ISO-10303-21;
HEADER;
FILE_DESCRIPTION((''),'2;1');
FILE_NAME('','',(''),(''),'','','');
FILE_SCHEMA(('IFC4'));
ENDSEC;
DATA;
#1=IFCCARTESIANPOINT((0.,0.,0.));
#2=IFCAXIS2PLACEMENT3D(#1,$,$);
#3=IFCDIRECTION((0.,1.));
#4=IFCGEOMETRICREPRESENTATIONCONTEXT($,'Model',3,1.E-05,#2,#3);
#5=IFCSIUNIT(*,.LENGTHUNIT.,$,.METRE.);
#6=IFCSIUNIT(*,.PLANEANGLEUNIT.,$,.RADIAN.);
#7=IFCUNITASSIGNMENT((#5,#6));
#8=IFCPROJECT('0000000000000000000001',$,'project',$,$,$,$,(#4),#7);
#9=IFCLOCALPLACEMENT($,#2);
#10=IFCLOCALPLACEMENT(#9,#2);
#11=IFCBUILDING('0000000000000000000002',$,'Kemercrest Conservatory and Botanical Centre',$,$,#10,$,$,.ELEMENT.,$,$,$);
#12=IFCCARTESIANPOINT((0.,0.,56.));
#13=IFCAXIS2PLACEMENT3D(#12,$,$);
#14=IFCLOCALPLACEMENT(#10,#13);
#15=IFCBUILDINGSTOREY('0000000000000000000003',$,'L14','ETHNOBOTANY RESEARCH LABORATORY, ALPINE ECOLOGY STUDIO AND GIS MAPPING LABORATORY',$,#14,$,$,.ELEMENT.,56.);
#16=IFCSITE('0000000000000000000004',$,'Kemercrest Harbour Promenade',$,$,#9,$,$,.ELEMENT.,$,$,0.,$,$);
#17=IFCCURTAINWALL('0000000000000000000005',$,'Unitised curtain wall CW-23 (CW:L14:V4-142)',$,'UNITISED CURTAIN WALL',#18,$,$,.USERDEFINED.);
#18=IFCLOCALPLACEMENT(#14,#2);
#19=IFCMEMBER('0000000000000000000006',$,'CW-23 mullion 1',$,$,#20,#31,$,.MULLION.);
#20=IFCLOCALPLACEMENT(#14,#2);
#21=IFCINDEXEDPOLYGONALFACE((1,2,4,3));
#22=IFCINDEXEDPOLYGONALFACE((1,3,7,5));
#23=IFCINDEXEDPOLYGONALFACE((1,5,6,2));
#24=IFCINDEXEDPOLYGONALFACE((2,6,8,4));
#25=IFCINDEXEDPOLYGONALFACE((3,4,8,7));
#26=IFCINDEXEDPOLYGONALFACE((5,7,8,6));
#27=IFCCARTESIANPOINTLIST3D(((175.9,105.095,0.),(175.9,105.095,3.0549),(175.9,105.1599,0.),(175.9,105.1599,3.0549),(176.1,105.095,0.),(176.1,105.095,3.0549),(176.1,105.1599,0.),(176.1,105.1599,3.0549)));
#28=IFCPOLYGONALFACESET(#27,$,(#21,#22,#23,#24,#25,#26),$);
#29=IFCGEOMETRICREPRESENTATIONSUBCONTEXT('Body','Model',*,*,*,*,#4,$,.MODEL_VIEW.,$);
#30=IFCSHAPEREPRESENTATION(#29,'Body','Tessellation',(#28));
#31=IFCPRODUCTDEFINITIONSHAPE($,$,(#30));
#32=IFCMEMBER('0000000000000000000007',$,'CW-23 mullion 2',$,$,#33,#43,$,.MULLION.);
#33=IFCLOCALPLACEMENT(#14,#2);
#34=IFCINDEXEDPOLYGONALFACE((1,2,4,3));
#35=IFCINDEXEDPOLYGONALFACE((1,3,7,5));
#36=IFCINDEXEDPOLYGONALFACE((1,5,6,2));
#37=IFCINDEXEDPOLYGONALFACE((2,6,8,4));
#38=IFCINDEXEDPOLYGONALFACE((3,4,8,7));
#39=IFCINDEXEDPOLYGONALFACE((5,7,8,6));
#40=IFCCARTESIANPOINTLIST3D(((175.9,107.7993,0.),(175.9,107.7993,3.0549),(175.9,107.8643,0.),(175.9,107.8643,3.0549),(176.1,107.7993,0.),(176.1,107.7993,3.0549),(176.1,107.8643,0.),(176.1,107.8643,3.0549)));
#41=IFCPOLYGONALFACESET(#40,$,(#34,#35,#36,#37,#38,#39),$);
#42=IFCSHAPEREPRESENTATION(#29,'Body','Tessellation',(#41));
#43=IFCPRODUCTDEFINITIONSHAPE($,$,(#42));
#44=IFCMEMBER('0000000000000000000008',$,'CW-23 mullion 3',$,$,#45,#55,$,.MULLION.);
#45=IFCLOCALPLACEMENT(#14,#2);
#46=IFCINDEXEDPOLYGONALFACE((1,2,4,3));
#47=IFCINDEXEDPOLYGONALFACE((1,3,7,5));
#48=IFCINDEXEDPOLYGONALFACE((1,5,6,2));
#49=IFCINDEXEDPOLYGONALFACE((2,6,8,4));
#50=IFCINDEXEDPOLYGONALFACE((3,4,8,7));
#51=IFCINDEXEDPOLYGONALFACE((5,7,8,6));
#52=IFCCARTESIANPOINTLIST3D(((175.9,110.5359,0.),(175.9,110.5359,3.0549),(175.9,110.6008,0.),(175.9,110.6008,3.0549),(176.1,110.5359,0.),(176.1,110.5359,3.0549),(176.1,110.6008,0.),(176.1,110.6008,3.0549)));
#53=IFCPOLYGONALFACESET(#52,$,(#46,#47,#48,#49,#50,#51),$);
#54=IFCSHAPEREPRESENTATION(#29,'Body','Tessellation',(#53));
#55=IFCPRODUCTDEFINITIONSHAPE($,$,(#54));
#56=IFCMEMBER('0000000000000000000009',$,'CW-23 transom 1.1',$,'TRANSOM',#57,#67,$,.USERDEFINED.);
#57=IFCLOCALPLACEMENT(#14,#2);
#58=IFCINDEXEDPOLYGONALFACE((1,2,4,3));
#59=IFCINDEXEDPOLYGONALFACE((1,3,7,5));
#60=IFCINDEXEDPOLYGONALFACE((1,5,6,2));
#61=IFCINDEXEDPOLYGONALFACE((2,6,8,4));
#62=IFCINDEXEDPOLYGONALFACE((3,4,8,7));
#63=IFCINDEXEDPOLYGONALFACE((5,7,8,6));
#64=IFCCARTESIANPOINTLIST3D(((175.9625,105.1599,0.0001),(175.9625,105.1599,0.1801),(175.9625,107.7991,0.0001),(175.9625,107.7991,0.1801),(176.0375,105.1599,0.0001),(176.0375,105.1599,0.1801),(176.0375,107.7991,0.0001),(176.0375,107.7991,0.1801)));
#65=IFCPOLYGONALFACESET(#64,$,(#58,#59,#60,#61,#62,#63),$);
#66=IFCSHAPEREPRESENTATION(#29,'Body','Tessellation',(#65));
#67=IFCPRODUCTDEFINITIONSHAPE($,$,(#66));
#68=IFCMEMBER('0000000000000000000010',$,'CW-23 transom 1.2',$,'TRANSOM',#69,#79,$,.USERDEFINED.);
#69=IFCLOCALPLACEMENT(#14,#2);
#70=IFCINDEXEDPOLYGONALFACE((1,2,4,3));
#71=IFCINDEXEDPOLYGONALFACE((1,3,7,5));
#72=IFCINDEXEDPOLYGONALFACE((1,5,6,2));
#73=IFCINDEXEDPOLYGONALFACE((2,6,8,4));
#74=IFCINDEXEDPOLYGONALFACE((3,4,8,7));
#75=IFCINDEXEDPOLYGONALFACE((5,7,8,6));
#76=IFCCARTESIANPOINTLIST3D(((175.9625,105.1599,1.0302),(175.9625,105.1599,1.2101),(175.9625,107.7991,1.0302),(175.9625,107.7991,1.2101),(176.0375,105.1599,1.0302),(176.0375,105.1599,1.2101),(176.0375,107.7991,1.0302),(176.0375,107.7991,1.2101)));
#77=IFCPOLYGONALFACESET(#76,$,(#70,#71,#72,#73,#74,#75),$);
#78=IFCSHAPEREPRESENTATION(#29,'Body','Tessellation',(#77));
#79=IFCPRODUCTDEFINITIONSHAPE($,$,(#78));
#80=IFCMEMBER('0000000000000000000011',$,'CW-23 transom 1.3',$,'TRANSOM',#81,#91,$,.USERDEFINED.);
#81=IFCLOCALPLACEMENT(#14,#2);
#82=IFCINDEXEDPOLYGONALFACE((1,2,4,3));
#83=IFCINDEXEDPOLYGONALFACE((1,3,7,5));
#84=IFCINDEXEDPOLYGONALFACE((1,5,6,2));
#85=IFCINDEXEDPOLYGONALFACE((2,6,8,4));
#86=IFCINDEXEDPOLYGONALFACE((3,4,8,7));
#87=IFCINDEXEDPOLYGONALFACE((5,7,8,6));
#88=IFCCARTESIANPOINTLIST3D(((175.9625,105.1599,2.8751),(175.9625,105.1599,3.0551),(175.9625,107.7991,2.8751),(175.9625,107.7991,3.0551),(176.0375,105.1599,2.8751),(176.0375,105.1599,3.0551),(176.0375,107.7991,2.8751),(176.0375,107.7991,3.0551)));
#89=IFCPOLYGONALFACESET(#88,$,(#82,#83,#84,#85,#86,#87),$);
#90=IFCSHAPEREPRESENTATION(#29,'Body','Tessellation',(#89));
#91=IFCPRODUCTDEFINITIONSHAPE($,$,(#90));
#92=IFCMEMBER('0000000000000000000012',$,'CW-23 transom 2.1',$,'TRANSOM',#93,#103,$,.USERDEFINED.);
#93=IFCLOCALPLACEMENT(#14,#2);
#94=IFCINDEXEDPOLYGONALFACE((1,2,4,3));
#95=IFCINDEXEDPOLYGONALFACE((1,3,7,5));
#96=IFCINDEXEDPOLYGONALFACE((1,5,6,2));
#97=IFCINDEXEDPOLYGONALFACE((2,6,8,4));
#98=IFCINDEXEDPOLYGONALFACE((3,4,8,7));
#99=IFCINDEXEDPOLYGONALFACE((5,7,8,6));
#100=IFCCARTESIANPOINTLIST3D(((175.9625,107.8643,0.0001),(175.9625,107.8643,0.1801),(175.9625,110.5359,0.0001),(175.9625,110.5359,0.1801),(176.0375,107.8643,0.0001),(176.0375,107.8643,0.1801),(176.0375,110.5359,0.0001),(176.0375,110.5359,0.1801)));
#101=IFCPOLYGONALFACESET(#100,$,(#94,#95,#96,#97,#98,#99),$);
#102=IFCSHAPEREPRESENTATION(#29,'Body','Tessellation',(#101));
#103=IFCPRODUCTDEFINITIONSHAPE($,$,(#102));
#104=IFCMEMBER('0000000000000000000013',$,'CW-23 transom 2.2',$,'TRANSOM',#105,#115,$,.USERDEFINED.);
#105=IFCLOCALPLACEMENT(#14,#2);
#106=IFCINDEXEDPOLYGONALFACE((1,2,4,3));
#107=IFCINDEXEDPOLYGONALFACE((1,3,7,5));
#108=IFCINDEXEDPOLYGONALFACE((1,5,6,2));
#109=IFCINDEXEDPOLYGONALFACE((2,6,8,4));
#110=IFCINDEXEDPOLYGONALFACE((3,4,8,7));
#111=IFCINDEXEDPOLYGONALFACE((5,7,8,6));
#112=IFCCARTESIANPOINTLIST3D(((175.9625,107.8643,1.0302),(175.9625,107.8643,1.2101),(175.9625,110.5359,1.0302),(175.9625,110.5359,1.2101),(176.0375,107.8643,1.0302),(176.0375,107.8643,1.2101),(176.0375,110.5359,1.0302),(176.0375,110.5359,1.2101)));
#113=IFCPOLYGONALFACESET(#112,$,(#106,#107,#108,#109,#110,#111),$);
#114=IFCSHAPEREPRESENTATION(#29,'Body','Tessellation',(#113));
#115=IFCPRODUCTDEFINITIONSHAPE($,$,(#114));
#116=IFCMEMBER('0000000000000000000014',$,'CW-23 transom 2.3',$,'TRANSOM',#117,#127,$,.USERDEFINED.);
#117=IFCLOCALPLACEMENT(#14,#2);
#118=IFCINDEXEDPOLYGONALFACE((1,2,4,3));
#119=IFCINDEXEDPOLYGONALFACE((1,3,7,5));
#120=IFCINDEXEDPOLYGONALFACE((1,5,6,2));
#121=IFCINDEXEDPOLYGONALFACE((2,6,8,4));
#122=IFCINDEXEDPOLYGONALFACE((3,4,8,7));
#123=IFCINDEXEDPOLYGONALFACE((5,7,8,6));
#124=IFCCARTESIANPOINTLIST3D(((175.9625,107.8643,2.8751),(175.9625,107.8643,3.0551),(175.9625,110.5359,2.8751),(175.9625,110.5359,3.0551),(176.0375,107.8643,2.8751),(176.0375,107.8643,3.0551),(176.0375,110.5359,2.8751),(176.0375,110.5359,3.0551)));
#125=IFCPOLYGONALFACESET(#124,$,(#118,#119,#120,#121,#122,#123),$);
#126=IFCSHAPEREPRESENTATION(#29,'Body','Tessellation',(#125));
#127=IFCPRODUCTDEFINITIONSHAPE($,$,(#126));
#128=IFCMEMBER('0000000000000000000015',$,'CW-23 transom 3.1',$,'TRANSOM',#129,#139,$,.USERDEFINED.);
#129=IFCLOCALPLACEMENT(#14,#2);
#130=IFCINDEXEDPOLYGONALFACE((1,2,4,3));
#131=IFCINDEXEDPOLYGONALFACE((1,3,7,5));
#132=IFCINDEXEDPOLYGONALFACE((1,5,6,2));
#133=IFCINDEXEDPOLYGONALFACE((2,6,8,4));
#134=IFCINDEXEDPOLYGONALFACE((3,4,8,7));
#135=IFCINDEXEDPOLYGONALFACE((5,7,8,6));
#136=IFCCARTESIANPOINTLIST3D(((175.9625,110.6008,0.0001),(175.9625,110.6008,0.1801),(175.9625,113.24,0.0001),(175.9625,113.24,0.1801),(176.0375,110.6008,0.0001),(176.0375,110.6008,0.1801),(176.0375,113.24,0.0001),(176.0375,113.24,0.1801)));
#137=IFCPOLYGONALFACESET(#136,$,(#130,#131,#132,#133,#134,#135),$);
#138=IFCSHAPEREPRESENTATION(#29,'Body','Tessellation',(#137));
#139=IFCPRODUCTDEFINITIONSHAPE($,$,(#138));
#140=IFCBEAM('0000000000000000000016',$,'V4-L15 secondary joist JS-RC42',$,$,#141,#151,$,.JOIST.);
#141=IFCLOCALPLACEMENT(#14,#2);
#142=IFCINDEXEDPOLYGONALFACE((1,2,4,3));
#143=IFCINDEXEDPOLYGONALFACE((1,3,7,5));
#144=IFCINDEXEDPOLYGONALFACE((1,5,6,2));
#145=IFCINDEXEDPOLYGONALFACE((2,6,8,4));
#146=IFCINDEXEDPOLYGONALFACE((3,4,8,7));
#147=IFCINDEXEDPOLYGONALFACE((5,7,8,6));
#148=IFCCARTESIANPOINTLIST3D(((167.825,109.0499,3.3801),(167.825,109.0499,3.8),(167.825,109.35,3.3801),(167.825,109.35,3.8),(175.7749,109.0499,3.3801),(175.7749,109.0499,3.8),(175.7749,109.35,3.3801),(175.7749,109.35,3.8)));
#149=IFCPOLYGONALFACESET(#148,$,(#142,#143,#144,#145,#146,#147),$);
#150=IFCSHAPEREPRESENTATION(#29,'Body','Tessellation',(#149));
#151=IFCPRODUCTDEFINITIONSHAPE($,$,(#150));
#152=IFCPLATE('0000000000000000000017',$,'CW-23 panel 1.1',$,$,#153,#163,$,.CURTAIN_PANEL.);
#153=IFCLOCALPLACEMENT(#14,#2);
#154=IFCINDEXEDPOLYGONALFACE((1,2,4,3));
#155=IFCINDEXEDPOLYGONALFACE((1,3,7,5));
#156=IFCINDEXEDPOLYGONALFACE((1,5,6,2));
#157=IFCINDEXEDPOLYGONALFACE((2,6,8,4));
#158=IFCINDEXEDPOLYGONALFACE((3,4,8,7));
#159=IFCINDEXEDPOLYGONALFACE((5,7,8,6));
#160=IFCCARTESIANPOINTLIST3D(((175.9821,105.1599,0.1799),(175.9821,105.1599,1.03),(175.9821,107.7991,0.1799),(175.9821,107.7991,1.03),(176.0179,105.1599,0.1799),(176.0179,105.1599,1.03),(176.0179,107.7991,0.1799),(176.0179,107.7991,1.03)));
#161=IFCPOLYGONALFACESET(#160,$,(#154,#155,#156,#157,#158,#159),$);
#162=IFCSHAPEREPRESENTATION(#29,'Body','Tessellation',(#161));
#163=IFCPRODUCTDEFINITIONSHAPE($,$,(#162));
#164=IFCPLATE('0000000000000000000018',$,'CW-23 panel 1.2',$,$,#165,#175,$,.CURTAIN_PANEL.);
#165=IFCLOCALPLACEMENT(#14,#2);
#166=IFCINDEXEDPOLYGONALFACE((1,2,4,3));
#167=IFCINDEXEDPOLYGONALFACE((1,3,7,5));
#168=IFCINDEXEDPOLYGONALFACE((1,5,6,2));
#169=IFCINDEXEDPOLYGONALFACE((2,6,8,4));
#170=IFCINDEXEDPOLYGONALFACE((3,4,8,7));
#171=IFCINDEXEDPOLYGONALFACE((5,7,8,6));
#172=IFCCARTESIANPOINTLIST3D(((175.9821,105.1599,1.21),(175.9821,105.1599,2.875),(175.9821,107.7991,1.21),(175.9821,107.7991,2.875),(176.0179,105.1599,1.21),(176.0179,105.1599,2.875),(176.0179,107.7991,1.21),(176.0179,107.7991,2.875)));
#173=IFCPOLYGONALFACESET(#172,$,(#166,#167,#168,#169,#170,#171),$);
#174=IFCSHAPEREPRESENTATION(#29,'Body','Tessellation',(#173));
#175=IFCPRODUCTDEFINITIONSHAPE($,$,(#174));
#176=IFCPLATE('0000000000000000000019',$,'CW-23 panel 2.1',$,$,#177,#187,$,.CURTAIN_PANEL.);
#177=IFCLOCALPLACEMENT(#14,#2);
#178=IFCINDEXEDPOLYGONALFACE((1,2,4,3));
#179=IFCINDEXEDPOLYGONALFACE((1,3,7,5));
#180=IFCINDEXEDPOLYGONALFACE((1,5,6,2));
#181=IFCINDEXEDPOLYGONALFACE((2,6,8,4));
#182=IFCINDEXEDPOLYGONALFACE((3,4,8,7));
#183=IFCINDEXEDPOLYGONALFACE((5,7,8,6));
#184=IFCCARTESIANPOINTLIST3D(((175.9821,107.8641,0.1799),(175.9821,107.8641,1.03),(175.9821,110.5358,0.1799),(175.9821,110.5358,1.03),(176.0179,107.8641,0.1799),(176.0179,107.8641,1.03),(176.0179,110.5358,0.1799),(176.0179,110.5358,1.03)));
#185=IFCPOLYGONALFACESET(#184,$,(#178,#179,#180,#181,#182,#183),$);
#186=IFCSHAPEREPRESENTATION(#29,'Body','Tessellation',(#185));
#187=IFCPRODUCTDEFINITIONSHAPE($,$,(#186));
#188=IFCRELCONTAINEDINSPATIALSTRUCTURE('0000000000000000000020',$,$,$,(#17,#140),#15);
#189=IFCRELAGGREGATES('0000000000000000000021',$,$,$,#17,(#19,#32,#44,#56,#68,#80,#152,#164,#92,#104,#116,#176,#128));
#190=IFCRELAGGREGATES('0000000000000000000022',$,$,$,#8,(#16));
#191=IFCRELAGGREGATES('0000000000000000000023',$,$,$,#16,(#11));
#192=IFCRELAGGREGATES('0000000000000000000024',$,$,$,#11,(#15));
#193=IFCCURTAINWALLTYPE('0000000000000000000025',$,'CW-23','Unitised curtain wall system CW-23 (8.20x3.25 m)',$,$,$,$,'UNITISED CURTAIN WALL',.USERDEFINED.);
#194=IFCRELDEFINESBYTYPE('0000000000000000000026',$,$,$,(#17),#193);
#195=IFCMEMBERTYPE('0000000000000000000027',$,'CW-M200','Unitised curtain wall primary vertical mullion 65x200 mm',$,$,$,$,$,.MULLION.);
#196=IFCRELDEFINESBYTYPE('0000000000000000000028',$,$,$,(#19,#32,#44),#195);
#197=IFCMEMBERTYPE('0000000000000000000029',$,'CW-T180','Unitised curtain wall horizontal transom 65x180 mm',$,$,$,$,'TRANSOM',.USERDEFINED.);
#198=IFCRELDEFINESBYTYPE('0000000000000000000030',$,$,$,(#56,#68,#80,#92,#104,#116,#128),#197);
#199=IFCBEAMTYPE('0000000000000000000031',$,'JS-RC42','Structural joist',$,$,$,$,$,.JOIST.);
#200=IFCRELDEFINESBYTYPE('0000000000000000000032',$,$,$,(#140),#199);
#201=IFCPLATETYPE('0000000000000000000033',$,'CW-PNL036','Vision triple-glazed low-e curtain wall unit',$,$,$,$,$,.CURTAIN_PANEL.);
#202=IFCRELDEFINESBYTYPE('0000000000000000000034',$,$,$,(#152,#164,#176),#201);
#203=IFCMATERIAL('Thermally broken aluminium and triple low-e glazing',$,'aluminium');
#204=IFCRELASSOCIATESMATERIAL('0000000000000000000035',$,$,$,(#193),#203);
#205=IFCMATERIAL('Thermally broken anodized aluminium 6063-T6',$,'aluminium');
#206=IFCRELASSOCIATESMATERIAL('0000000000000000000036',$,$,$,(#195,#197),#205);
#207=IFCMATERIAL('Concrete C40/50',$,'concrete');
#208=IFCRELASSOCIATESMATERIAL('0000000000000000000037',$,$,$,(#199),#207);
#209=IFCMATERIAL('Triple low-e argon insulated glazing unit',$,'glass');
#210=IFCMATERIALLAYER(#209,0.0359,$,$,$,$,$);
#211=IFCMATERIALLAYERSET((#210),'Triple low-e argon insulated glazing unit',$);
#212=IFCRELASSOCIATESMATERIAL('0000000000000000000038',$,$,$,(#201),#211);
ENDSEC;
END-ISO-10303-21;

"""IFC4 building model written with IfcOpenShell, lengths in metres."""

from ifc_helpers import new_model, si_unit, direction, frame, origin, origin_2d, place, context, subcontext, project, spatial, rectangle, extrude, material, layer, layer_set, material_profile, profile_set, type_object, element, aggregate, save


model = new_model("IFC4")

# Units and contexts
model_context = context("Model", 3, precision=1e-05, world=origin(), true_north=direction((0.0, 1.0)))
body_context = subcontext(model_context, "Body", "Model", "MODEL_VIEW")
ifc_project = project(units=[si_unit("LENGTHUNIT", "METRE"), si_unit("PLANEANGLEUNIT", "RADIAN")], contexts=[model_context])

# Site, building, storey
site_placement = place(None, origin())
site = spatial("IfcSite", under=ifc_project, at=site_placement, Name="Kemercrest Harbour Promenade", CompositionType="ELEMENT", RefElevation=0.0)
building_placement = place(site_placement, origin())
building = spatial("IfcBuilding", under=site, at=building_placement, Name="Kemercrest Conservatory and Botanical Centre", CompositionType="ELEMENT")
storey_placement = place(building_placement, frame((0.0, 0.0, 56.0)))
storey = spatial("IfcBuildingStorey", under=building, at=storey_placement, Name="L14", Description="ETHNOBOTANY RESEARCH LABORATORY, ALPINE ECOLOGY STUDIO AND GIS MAPPING LABORATORY", CompositionType="ELEMENT", Elevation=56.0)

# Curtain wall, members
ifc_material_1 = material(Name="Thermally broken aluminium and triple low-e glazing", Category="aluminium")
curtain_wall_type = type_object("IfcCurtainWallType", Name="CW-23", Description="Unitised curtain wall system CW-23 (8.20x3.25 m)", ElementType="UNITISED CURTAIN WALL", PredefinedType="USERDEFINED", material=ifc_material_1)
curtain_wall_placement = place(storey_placement, origin())
curtain_wall = element("IfcCurtainWall", 1, at=curtain_wall_placement, inside=storey, type_object=curtain_wall_type, Name="Unitised curtain wall CW-23 (CW:L14:V4-142)", ObjectType="UNITISED CURTAIN WALL", PredefinedType="USERDEFINED")
ifc_material_2 = material(Name="Thermally broken anodized aluminium 6063-T6", Category="aluminium")
ifc_material_profile_1 = material_profile(ifc_material_2, rectangle(XDim=0.2, YDim=0.0649, at=origin_2d()), Name="AL MULLION 65x200")
ifc_profile_set_1 = profile_set([ifc_material_profile_1], Name="Thermally broken anodized aluminium 6063-T6")
member_type_1 = type_object("IfcMemberType", Name="CW-M200", Description="Unitised curtain wall primary vertical mullion 65x200 mm", PredefinedType="MULLION", material=ifc_profile_set_1)
member_1_placement = place(storey_placement, frame((176.0, 105.1274, 0.0), z_axis=(0.0, 0.0, 1.0), x_axis=(-1.0, 0.0, 0.0)))
member_1 = element("IfcMember", 2, at=member_1_placement, type_object=member_type_1, Name="CW-23 mullion 1", PredefinedType="MULLION", context=body_context, shape_type="SweptSolid", body=[
    extrude(rectangle(XDim=0.2, YDim=0.0649, at=origin_2d()), origin(), (0.0, 0.0, 1.0), 3.0549),
])
member_2_placement = place(storey_placement, frame((176.0, 107.8318, 0.0), z_axis=(0.0, 0.0, 1.0), x_axis=(-1.0, 0.0, 0.0)))
member_2 = element("IfcMember", 3, at=member_2_placement, type_object=member_type_1, Name="CW-23 mullion 2", PredefinedType="MULLION", context=body_context, shape_type="SweptSolid", body=[
    extrude(rectangle(XDim=0.2, YDim=0.0649, at=origin_2d()), origin(), (0.0, 0.0, 1.0), 3.0549),
])
member_3_placement = place(storey_placement, frame((176.0, 110.5684, 0.0), z_axis=(0.0, 0.0, 1.0), x_axis=(-1.0, 0.0, 0.0)))
member_3 = element("IfcMember", 4, at=member_3_placement, type_object=member_type_1, Name="CW-23 mullion 3", PredefinedType="MULLION", context=body_context, shape_type="SweptSolid", body=[
    extrude(rectangle(XDim=0.2, YDim=0.0649, at=origin_2d()), origin(), (0.0, 0.0, 1.0), 3.0549),
])
ifc_material_profile_2 = material_profile(ifc_material_2, rectangle(XDim=0.075, YDim=0.1799, at=origin_2d()), Name="AL TRANSOM 75x180")
ifc_profile_set_2 = profile_set([ifc_material_profile_2], Name="Thermally broken anodized aluminium 6063-T6")
member_type_2 = type_object("IfcMemberType", Name="CW-T180", Description="Unitised curtain wall horizontal transom 65x180 mm", ElementType="TRANSOM", PredefinedType="USERDEFINED", material=ifc_profile_set_2)
member_4_placement = place(storey_placement, frame((176.0, 105.1599, 0.0901), z_axis=(0.0, 1.0, 0.0), x_axis=(-1.0, 0.0, 0.0)))
member_4 = element("IfcMember", 5, at=member_4_placement, type_object=member_type_2, Name="CW-23 transom 1.1", ObjectType="TRANSOM", PredefinedType="USERDEFINED", context=body_context, shape_type="SweptSolid", body=[
    extrude(rectangle(XDim=0.075, YDim=0.1799, at=origin_2d()), origin(), (0.0, 0.0, 1.0), 2.6392),
])
member_5_placement = place(storey_placement, frame((176.0, 105.1599, 1.1201), z_axis=(0.0, 1.0, 0.0), x_axis=(-1.0, 0.0, 0.0)))
member_5 = element("IfcMember", 6, at=member_5_placement, type_object=member_type_2, Name="CW-23 transom 1.2", ObjectType="TRANSOM", PredefinedType="USERDEFINED", context=body_context, shape_type="SweptSolid", body=[
    extrude(rectangle(XDim=0.075, YDim=0.1799, at=origin_2d()), origin(), (0.0, 0.0, 1.0), 2.6392),
])
member_6_placement = place(storey_placement, frame((176.0, 105.1599, 2.9651), z_axis=(0.0, 1.0, 0.0), x_axis=(-1.0, 0.0, 0.0)))
member_6 = element("IfcMember", 7, at=member_6_placement, type_object=member_type_2, Name="CW-23 transom 1.3", ObjectType="TRANSOM", PredefinedType="USERDEFINED", context=body_context, shape_type="SweptSolid", body=[
    extrude(rectangle(XDim=0.075, YDim=0.1799, at=origin_2d()), origin(), (0.0, 0.0, 1.0), 2.6392),
])
member_7_placement = place(storey_placement, frame((176.0, 107.8643, 0.0901), z_axis=(0.0, 1.0, 0.0), x_axis=(-1.0, 0.0, 0.0)))
member_7 = element("IfcMember", 8, at=member_7_placement, type_object=member_type_2, Name="CW-23 transom 2.1", ObjectType="TRANSOM", PredefinedType="USERDEFINED", context=body_context, shape_type="SweptSolid", body=[
    extrude(rectangle(XDim=0.075, YDim=0.1799, at=origin_2d()), origin(), (0.0, 0.0, 1.0), 2.6716),
])
member_8_placement = place(storey_placement, frame((176.0, 107.8643, 1.1201), z_axis=(0.0, 1.0, 0.0), x_axis=(-1.0, 0.0, 0.0)))
member_8 = element("IfcMember", 9, at=member_8_placement, type_object=member_type_2, Name="CW-23 transom 2.2", ObjectType="TRANSOM", PredefinedType="USERDEFINED", context=body_context, shape_type="SweptSolid", body=[
    extrude(rectangle(XDim=0.075, YDim=0.1799, at=origin_2d()), origin(), (0.0, 0.0, 1.0), 2.6716),
])
member_9_placement = place(storey_placement, frame((176.0, 107.8643, 2.9651), z_axis=(0.0, 1.0, 0.0), x_axis=(-1.0, 0.0, 0.0)))
member_9 = element("IfcMember", 10, at=member_9_placement, type_object=member_type_2, Name="CW-23 transom 2.3", ObjectType="TRANSOM", PredefinedType="USERDEFINED", context=body_context, shape_type="SweptSolid", body=[
    extrude(rectangle(XDim=0.075, YDim=0.1799, at=origin_2d()), origin(), (0.0, 0.0, 1.0), 2.6716),
])
member_10_placement = place(storey_placement, frame((176.0, 110.6008, 0.0901), z_axis=(0.0, 1.0, 0.0), x_axis=(-1.0, 0.0, 0.0)))
member_10 = element("IfcMember", 11, at=member_10_placement, type_object=member_type_2, Name="CW-23 transom 3.1", ObjectType="TRANSOM", PredefinedType="USERDEFINED", context=body_context, shape_type="SweptSolid", body=[
    extrude(rectangle(XDim=0.075, YDim=0.1799, at=origin_2d()), origin(), (0.0, 0.0, 1.0), 2.6392),
])

# Beam
ifc_material_3 = material(Name="Concrete C40/50", Category="concrete")
ifc_material_profile_3 = material_profile(ifc_material_3, rectangle(XDim=0.3, YDim=0.4199, at=origin_2d()), Name="RC 300x420")
ifc_profile_set_3 = profile_set([ifc_material_profile_3], Name="Concrete C40/50")
beam_type = type_object("IfcBeamType", Name="JS-RC42", Description="Structural joist", PredefinedType="JOIST", material=ifc_profile_set_3)
beam_placement = place(storey_placement, frame((167.825, 109.2, 3.5901), z_axis=(1.0, 0.0, 0.0), x_axis=(0.0, 1.0, 0.0)))
element("IfcBeam", 12, at=beam_placement, inside=storey, type_object=beam_type, Name="V4-L15 secondary joist JS-RC42", PredefinedType="JOIST", context=body_context, shape_type="SweptSolid", body=[
    extrude(rectangle(XDim=0.3, YDim=0.4199, at=origin_2d()), origin(), (0.0, 0.0, 1.0), 7.95),
])

# Plates
ifc_material_4 = material(Name="Triple low-e argon insulated glazing unit", Category="glass")
ifc_layer_1 = layer(ifc_material_4, 0.0359)
ifc_layer_set_1 = layer_set([ifc_layer_1], Name="Triple low-e argon insulated glazing unit")
plate_type = type_object("IfcPlateType", Name="CW-PNL036", Description="Vision triple-glazed low-e curtain wall unit", PredefinedType="CURTAIN_PANEL", material=ifc_layer_set_1)
plate_1_placement = place(storey_placement, frame((176.0, 106.4795, 0.1799), z_axis=(0.0, 0.0, 1.0), x_axis=(0.0, 1.0, 0.0)))
plate_1 = element("IfcPlate", 13, at=plate_1_placement, type_object=plate_type, Name="CW-23 panel 1.1", PredefinedType="CURTAIN_PANEL", context=body_context, shape_type="SweptSolid", body=[
    extrude(rectangle(XDim=2.6392, YDim=0.0359, at=origin_2d()), origin(), (0.0, 0.0, 1.0), 0.8501),
])
plate_2_placement = place(storey_placement, frame((176.0, 106.4795, 1.21), z_axis=(0.0, 0.0, 1.0), x_axis=(0.0, 1.0, 0.0)))
plate_2 = element("IfcPlate", 14, at=plate_2_placement, type_object=plate_type, Name="CW-23 panel 1.2", PredefinedType="CURTAIN_PANEL", context=body_context, shape_type="SweptSolid", body=[
    extrude(rectangle(XDim=2.6392, YDim=0.0359, at=origin_2d()), origin(), (0.0, 0.0, 1.0), 1.665),
])
plate_3_placement = place(storey_placement, frame((176.0, 109.2, 0.1799), z_axis=(0.0, 0.0, 1.0), x_axis=(0.0, 1.0, 0.0)))
plate_3 = element("IfcPlate", 15, at=plate_3_placement, type_object=plate_type, Name="CW-23 panel 2.1", PredefinedType="CURTAIN_PANEL", context=body_context, shape_type="SweptSolid", body=[
    extrude(rectangle(XDim=2.6716, YDim=0.0359, at=origin_2d()), origin(), (0.0, 0.0, 1.0), 0.8501),
])
aggregate(curtain_wall, [member_1, member_2, member_3, member_4, member_5, member_6, plate_1, plate_2, member_7, member_8, member_9, plate_3, member_10])

save(model, "model.ifc")
